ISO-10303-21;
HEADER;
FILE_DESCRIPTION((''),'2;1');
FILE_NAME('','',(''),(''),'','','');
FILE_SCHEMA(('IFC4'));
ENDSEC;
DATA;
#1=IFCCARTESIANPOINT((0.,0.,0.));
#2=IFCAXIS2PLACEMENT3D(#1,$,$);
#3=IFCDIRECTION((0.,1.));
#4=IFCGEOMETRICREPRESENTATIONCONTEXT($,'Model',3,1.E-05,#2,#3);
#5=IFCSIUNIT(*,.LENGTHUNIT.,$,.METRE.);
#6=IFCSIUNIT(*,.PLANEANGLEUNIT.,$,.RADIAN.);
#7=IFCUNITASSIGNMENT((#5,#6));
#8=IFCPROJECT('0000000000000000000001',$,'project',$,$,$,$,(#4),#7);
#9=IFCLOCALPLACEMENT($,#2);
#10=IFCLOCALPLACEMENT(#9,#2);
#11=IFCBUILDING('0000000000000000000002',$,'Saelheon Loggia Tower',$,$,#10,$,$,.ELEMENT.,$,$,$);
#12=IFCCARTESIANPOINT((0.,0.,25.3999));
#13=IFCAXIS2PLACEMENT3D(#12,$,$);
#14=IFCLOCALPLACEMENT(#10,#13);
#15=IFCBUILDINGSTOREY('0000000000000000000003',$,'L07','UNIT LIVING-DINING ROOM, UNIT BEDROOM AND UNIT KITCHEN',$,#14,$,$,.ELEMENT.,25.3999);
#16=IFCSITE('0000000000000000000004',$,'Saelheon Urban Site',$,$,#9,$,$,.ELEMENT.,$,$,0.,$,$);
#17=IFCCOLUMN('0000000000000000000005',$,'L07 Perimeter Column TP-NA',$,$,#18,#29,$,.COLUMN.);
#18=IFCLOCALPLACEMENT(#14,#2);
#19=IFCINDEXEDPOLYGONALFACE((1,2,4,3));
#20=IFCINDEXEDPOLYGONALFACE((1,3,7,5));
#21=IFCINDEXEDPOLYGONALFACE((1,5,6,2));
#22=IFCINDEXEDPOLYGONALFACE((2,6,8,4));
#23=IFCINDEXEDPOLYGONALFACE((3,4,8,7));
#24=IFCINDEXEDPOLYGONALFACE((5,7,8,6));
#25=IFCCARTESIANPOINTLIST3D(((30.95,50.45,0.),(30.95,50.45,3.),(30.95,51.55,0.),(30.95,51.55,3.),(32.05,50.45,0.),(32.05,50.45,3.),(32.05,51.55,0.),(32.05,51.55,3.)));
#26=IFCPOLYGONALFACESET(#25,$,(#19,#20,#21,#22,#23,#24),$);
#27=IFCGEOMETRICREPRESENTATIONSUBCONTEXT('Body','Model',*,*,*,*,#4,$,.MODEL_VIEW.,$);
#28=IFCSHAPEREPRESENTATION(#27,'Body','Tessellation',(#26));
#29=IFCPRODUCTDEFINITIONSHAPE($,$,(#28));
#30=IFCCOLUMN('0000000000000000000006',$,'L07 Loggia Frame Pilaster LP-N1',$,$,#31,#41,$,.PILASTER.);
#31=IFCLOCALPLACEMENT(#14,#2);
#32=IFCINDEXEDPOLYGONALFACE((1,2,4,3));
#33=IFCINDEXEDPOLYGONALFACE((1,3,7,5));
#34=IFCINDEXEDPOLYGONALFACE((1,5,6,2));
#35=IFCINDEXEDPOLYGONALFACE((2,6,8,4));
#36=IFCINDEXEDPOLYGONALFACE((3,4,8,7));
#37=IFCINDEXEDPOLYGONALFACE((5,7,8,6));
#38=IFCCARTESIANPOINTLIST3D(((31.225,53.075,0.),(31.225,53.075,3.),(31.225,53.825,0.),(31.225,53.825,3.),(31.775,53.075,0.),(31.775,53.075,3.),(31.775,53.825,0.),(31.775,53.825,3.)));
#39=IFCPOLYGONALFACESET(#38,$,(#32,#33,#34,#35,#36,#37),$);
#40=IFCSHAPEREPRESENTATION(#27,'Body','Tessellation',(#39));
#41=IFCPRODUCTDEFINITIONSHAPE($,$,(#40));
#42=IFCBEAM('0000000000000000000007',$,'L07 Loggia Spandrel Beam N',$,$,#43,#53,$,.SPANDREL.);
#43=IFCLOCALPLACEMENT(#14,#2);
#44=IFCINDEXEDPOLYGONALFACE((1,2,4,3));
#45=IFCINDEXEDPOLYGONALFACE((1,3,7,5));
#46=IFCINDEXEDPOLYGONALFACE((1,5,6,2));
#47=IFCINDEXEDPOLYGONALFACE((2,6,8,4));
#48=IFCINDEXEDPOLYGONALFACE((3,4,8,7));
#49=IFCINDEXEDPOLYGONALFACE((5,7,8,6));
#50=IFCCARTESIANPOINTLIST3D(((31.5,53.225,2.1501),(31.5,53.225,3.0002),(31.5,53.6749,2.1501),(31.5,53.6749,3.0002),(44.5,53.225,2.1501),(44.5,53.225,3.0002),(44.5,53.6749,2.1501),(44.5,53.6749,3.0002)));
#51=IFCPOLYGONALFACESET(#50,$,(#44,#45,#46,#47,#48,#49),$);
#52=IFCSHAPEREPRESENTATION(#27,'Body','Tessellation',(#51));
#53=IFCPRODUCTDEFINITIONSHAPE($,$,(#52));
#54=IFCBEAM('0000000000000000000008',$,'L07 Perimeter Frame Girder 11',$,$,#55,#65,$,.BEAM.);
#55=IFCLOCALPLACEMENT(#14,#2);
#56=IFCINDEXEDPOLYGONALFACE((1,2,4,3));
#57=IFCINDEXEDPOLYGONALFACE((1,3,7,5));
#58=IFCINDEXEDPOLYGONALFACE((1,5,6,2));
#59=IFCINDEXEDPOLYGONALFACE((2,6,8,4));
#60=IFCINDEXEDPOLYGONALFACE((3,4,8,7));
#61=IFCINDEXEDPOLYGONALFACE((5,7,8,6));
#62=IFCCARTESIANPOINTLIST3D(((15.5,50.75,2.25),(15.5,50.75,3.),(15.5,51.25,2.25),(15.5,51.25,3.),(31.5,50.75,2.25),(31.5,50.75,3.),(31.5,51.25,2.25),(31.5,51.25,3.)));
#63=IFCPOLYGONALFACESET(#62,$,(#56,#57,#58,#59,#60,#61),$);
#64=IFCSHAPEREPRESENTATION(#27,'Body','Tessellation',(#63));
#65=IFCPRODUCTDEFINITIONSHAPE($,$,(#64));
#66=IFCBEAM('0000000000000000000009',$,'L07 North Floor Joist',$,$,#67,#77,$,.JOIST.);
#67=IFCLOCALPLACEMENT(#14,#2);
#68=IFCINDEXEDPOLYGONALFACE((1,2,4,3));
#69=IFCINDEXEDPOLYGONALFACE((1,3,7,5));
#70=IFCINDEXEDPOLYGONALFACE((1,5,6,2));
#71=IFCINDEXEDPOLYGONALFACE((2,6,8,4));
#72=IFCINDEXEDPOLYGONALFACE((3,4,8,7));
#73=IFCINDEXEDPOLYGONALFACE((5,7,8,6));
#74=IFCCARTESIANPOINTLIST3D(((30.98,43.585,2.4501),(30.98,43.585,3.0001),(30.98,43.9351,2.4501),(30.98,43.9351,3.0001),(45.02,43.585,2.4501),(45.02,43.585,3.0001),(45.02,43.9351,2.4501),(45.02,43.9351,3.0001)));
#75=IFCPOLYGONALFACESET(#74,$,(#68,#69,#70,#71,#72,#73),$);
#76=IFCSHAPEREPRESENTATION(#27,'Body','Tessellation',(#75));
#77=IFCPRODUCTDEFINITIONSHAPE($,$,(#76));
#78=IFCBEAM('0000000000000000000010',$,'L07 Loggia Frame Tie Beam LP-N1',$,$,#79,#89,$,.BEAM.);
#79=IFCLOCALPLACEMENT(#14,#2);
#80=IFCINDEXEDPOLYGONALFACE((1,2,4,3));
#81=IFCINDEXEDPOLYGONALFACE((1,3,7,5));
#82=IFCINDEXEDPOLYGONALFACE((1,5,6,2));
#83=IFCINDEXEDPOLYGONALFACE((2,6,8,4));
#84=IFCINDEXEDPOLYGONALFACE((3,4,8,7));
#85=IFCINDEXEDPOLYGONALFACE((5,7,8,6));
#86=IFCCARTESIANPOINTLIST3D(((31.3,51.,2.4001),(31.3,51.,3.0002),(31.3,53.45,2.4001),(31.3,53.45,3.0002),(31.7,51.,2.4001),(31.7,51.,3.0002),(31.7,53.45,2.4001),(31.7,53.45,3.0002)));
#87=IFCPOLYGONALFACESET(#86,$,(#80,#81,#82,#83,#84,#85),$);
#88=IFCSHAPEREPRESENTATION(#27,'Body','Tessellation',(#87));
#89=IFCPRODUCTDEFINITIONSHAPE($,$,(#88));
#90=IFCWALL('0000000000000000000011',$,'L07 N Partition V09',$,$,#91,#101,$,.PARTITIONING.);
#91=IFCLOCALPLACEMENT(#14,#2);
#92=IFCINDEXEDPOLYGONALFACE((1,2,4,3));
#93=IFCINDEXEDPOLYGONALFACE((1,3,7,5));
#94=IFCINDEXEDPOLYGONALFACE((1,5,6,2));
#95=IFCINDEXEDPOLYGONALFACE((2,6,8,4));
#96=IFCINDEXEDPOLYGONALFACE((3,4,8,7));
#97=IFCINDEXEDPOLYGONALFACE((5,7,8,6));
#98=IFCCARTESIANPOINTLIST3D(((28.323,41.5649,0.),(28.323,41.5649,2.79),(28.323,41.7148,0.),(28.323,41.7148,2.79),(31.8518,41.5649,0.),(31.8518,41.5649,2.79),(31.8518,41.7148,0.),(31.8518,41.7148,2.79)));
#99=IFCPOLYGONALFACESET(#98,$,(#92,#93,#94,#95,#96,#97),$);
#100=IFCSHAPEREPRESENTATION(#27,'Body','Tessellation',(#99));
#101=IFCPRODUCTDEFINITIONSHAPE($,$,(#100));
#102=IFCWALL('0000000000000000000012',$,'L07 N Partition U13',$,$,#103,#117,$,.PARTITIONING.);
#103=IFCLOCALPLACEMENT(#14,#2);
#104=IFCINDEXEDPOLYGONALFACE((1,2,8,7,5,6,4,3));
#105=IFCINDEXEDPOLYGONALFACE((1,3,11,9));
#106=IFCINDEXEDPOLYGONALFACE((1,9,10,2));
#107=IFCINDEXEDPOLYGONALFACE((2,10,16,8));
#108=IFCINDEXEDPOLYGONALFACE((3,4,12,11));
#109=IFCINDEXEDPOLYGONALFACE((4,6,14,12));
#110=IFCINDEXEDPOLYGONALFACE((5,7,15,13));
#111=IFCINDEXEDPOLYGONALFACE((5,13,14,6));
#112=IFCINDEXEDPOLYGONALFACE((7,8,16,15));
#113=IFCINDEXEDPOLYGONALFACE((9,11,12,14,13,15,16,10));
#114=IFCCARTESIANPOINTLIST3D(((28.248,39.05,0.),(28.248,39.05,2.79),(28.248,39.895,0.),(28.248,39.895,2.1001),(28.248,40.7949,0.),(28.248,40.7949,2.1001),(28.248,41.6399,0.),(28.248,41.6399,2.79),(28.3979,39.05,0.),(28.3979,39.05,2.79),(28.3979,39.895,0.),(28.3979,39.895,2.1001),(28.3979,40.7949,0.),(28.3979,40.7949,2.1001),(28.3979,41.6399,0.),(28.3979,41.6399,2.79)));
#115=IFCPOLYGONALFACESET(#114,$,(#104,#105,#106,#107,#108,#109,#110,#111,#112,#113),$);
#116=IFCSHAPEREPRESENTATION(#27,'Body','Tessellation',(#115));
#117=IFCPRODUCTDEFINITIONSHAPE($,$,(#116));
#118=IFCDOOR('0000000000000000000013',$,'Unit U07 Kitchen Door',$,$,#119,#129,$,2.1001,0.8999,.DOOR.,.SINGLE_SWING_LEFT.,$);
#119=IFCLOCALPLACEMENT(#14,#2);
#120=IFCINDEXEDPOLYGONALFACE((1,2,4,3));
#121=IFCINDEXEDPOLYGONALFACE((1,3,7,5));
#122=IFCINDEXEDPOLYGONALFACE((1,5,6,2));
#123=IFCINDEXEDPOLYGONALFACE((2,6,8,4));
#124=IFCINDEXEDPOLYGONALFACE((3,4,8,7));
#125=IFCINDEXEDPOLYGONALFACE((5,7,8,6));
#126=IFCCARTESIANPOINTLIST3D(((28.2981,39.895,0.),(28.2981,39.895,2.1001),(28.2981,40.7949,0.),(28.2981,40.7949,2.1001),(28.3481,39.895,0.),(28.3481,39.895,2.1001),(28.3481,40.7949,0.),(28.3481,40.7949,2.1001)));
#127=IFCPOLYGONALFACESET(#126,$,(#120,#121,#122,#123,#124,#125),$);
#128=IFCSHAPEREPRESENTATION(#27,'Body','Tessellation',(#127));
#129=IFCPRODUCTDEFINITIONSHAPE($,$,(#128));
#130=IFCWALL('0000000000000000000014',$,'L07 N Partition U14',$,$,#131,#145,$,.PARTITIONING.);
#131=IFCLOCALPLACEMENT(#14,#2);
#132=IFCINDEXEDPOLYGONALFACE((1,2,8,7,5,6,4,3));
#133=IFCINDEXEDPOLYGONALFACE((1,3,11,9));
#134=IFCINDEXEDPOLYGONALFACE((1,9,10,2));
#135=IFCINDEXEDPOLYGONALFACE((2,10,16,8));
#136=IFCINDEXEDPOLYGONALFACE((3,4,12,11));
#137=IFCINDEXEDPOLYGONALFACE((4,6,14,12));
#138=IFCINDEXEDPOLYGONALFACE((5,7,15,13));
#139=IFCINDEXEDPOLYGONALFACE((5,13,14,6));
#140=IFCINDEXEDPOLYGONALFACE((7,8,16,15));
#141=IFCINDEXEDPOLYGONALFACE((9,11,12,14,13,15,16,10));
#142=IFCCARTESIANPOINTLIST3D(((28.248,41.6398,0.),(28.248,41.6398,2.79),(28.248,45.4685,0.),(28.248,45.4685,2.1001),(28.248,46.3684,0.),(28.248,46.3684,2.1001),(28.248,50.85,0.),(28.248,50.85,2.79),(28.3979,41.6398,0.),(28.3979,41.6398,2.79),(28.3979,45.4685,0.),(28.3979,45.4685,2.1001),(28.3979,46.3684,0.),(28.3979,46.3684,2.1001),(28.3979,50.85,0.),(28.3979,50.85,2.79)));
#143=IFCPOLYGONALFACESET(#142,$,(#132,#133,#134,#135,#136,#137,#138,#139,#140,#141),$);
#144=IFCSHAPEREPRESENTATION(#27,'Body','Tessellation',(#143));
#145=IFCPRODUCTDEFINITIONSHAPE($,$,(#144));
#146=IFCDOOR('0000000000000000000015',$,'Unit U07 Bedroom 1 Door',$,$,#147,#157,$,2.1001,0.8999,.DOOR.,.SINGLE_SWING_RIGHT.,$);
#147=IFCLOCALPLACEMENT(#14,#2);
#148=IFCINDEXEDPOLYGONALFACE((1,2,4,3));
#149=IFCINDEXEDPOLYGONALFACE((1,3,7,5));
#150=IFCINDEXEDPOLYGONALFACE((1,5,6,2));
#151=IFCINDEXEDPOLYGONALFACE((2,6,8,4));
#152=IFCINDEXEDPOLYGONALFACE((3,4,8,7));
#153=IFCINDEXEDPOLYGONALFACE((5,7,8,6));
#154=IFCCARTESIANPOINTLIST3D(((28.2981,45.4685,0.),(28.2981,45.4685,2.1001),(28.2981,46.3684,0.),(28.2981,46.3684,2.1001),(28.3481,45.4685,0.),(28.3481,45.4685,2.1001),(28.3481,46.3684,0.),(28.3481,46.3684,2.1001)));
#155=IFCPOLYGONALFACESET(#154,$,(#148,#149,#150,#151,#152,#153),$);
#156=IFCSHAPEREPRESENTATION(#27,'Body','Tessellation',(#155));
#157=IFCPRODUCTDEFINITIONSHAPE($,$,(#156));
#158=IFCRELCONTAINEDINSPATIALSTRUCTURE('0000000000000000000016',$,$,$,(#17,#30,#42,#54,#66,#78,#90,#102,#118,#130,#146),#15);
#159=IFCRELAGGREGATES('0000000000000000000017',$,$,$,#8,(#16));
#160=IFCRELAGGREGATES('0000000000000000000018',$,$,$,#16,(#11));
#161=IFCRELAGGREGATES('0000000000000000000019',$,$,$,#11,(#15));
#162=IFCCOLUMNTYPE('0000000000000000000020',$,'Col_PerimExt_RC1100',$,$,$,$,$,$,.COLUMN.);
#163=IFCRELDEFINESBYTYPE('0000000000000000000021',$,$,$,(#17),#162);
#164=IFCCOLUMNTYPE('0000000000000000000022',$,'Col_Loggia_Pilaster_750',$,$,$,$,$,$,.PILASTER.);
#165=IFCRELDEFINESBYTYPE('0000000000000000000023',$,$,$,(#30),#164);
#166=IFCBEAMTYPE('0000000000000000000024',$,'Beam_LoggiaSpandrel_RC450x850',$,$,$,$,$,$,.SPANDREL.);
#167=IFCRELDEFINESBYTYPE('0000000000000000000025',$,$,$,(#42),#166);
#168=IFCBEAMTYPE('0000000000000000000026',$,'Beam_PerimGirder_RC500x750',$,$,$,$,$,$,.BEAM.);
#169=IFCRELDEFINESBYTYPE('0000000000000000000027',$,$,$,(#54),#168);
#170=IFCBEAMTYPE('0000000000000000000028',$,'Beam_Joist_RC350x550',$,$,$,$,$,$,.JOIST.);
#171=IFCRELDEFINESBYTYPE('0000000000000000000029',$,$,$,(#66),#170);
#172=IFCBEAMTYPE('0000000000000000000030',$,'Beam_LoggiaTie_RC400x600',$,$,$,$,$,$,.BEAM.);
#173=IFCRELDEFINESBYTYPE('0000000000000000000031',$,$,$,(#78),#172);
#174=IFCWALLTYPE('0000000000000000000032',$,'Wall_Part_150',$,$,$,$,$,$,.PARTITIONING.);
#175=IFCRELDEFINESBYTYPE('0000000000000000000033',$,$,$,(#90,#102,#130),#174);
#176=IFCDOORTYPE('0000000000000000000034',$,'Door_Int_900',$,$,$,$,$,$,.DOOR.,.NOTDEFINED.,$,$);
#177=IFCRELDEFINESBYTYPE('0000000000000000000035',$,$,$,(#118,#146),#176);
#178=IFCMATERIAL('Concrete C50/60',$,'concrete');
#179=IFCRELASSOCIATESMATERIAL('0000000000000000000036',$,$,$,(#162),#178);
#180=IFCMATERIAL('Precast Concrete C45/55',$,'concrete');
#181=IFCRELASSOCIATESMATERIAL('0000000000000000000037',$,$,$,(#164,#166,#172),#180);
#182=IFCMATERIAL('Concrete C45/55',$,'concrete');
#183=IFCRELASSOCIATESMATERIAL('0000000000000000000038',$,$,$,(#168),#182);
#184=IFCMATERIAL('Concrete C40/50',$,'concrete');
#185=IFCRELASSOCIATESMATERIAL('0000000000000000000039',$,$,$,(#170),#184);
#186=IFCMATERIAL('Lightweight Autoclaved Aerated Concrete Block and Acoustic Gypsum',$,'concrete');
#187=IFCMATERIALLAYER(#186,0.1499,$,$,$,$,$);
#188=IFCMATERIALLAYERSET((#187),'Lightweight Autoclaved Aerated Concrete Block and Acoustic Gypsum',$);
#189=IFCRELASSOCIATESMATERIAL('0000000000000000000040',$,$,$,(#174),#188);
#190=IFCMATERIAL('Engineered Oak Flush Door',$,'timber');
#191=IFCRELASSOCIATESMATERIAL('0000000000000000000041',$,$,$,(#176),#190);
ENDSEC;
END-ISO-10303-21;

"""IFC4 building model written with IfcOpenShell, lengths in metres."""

from ifc_helpers import new_model, si_unit, direction, frame, frame_2d, origin, origin_2d, place, context, subcontext, project, spatial, rectangle, extrude, source, transform, mapped, material, layer, layer_set, material_profile, profile_set, type_object, element, fill, save


model = new_model("IFC4")

# Units and contexts
model_context = context("Model", 3, precision=1e-05, world=origin(), true_north=direction((0.0, 1.0)))
body_context = subcontext(model_context, "Body", "Model", "MODEL_VIEW")
ifc_project = project(units=[si_unit("LENGTHUNIT", "METRE"), si_unit("PLANEANGLEUNIT", "RADIAN")], contexts=[model_context])

# Site, building, storey
site_placement = place(None, origin())
site = spatial("IfcSite", under=ifc_project, at=site_placement, Name="Saelheon Urban Site", CompositionType="ELEMENT", RefElevation=0.0)
building_placement = place(site_placement, origin())
building = spatial("IfcBuilding", under=site, at=building_placement, Name="Saelheon Loggia Tower", CompositionType="ELEMENT")
storey_placement = place(building_placement, frame((0.0, 0.0, 25.3999)))
storey = spatial("IfcBuildingStorey", under=building, at=storey_placement, Name="L07", Description="UNIT LIVING-DINING ROOM, UNIT BEDROOM AND UNIT KITCHEN", CompositionType="ELEMENT", Elevation=25.3999)

# Columns
ifc_material_1 = material(Name="Concrete C50/60", Category="concrete")
ifc_material_profile_1 = material_profile(ifc_material_1, rectangle(XDim=1.1001, YDim=1.1001, at=origin_2d()), Name="RC-1100x1100")
ifc_profile_set_1 = profile_set([ifc_material_profile_1], Name="Concrete C50/60")
column_type_1 = type_object("IfcColumnType", Name="Col_PerimExt_RC1100", PredefinedType="COLUMN", material=ifc_profile_set_1)
shared_shape_1 = source(origin(), body_context, "Body", "SweptSolid", [
    extrude(rectangle(XDim=1.1001, YDim=1.1001, at=origin_2d()), origin(), (0.0, 0.0, 1.0), 3.0),
])
column_1_placement = place(storey_placement, frame((31.5, 51.0, 0.0), z_axis=(0.0, 0.0, 1.0), x_axis=(1.0, 0.0, 0.0)))
element("IfcColumn", 1, at=column_1_placement, inside=storey, type_object=column_type_1, Name="L07 Perimeter Column TP-NA", PredefinedType="COLUMN", context=body_context, shape_type="MappedRepresentation", body=[
    mapped(shared_shape_1, transform((0.0, 0.0, 0.0), scale=1.0)),
])
ifc_material_2 = material(Name="Precast Concrete C45/55", Category="concrete")
ifc_material_profile_2 = material_profile(ifc_material_2, rectangle(XDim=0.55, YDim=0.75, at=origin_2d()), Name="RC-550x750")
ifc_profile_set_2 = profile_set([ifc_material_profile_2], Name="Precast Concrete C45/55")
column_type_2 = type_object("IfcColumnType", Name="Col_Loggia_Pilaster_750", PredefinedType="PILASTER", material=ifc_profile_set_2)
shared_shape_2 = source(origin(), body_context, "Body", "SweptSolid", [
    extrude(rectangle(XDim=0.55, YDim=0.75, at=origin_2d()), origin(), (0.0, 0.0, 1.0), 3.0),
])
column_2_placement = place(storey_placement, frame((31.5, 53.45, 0.0), z_axis=(0.0, 0.0, 1.0), x_axis=(1.0, 0.0, 0.0)))
element("IfcColumn", 2, at=column_2_placement, inside=storey, type_object=column_type_2, Name="L07 Loggia Frame Pilaster LP-N1", PredefinedType="PILASTER", context=body_context, shape_type="MappedRepresentation", body=[
    mapped(shared_shape_2, transform((0.0, 0.0, 0.0), scale=1.0)),
])

# Beams
ifc_material_profile_3 = material_profile(ifc_material_2, rectangle(XDim=0.45, YDim=0.8501, at=origin_2d()), Name="RC-450x850")
ifc_profile_set_3 = profile_set([ifc_material_profile_3], Name="Precast Concrete C45/55")
beam_type_1 = type_object("IfcBeamType", Name="Beam_LoggiaSpandrel_RC450x850", PredefinedType="SPANDREL", material=ifc_profile_set_3)
shared_shape_3 = source(origin(), body_context, "Body", "SweptSolid", [
    extrude(rectangle(XDim=0.45, YDim=0.8501, at=origin_2d()), origin(), (0.0, 0.0, 1.0), 13.0),
])
beam_1_placement = place(storey_placement, frame((31.5, 53.45, 2.5752), z_axis=(1.0, 0.0, 0.0), x_axis=(0.0, 1.0, 0.0)))
element("IfcBeam", 3, at=beam_1_placement, inside=storey, type_object=beam_type_1, Name="L07 Loggia Spandrel Beam N", PredefinedType="SPANDREL", context=body_context, shape_type="MappedRepresentation", body=[
    mapped(shared_shape_3, transform((0.0, 0.0, 0.0), scale=1.0)),
])
ifc_material_3 = material(Name="Concrete C45/55", Category="concrete")
ifc_material_profile_4 = material_profile(ifc_material_3, rectangle(XDim=0.5, YDim=0.75, at=origin_2d()), Name="RC-500x750")
ifc_profile_set_4 = profile_set([ifc_material_profile_4], Name="Concrete C45/55")
beam_type_2 = type_object("IfcBeamType", Name="Beam_PerimGirder_RC500x750", PredefinedType="BEAM", material=ifc_profile_set_4)
shared_shape_4 = source(origin(), body_context, "Body", "SweptSolid", [
    extrude(rectangle(XDim=0.5, YDim=0.75, at=origin_2d()), origin(), (0.0, 0.0, 1.0), 16.0),
])
beam_2_placement = place(storey_placement, frame((31.5, 51.0, 2.625), z_axis=(-1.0, 0.0, 0.0), x_axis=(0.0, -1.0, 0.0)))
element("IfcBeam", 4, at=beam_2_placement, inside=storey, type_object=beam_type_2, Name="L07 Perimeter Frame Girder 11", PredefinedType="BEAM", context=body_context, shape_type="MappedRepresentation", body=[
    mapped(shared_shape_4, transform((0.0, 0.0, 0.0), scale=1.0)),
])
ifc_material_4 = material(Name="Concrete C40/50", Category="concrete")
ifc_material_profile_5 = material_profile(ifc_material_4, rectangle(XDim=0.3501, YDim=0.55, at=origin_2d()), Name="RC-350x550")
ifc_profile_set_5 = profile_set([ifc_material_profile_5], Name="Concrete C40/50")
beam_type_3 = type_object("IfcBeamType", Name="Beam_Joist_RC350x550", PredefinedType="JOIST", material=ifc_profile_set_5)
shared_shape_5 = source(origin(), body_context, "Body", "SweptSolid", [
    extrude(rectangle(XDim=0.3501, YDim=0.55, at=origin_2d()), origin(), (0.0, 0.0, 1.0), 14.04),
])
beam_3_placement = place(storey_placement, frame((30.98, 43.76, 2.7251), z_axis=(1.0, 0.0, 0.0), x_axis=(0.0, 1.0, 0.0)))
element("IfcBeam", 5, at=beam_3_placement, inside=storey, type_object=beam_type_3, Name="L07 North Floor Joist", PredefinedType="JOIST", context=body_context, shape_type="MappedRepresentation", body=[
    mapped(shared_shape_5, transform((0.0, 0.0, 0.0), scale=1.0)),
])
ifc_material_profile_6 = material_profile(ifc_material_2, rectangle(XDim=0.3999, YDim=0.6001, at=origin_2d()), Name="RC-400x600")
ifc_profile_set_6 = profile_set([ifc_material_profile_6], Name="Precast Concrete C45/55")
beam_type_4 = type_object("IfcBeamType", Name="Beam_LoggiaTie_RC400x600", PredefinedType="BEAM", material=ifc_profile_set_6)
shared_shape_6 = source(origin(), body_context, "Body", "SweptSolid", [
    extrude(rectangle(XDim=0.3999, YDim=0.6001, at=origin_2d()), origin(), (0.0, 0.0, 1.0), 2.45),
])
beam_4_placement = place(storey_placement, frame((31.5, 51.0, 2.7002), z_axis=(0.0, 1.0, 0.0), x_axis=(-1.0, 0.0, 0.0)))
element("IfcBeam", 6, at=beam_4_placement, inside=storey, type_object=beam_type_4, Name="L07 Loggia Frame Tie Beam LP-N1", PredefinedType="BEAM", context=body_context, shape_type="MappedRepresentation", body=[
    mapped(shared_shape_6, transform((0.0, 0.0, 0.0), scale=1.0)),
])

# Wall
ifc_material_5 = material(Name="Lightweight Autoclaved Aerated Concrete Block and Acoustic Gypsum", Category="concrete")
ifc_layer_1 = layer(ifc_material_5, 0.1499)
ifc_layer_set_1 = layer_set([ifc_layer_1], Name="Lightweight Autoclaved Aerated Concrete Block and Acoustic Gypsum")
wall_type_1 = type_object("IfcWallType", Name="Wall_Part_150", PredefinedType="PARTITIONING", material=ifc_layer_set_1)
wall_1_placement = place(storey_placement, frame((28.323, 41.6399, 0.0), z_axis=(0.0, 0.0, 1.0), x_axis=(1.0, 0.0, 0.0)))
element("IfcWall", 7, at=wall_1_placement, inside=storey, type_object=wall_type_1, Name="L07 N Partition V09", PredefinedType="PARTITIONING", context=body_context, shape_type="SweptSolid", body=[
    extrude(rectangle(XDim=3.5288, YDim=0.1499, at=frame_2d((1.7644, 0.0))), origin(), (0.0, 0.0, 1.0), 2.79),
])

# Walls, openings, doors
wall_2_placement = place(storey_placement, frame((28.323, 39.05, 0.0), z_axis=(0.0, 0.0, 1.0), x_axis=(0.0, 1.0, 0.0)))
wall_2 = element("IfcWall", 8, at=wall_2_placement, inside=storey, type_object=wall_type_1, Name="L07 N Partition U13", PredefinedType="PARTITIONING", context=body_context, shape_type="SweptSolid", body=[
    extrude(rectangle(XDim=2.5898, YDim=0.1499, at=frame_2d((1.2949, 0.0))), origin(), (0.0, 0.0, 1.0), 2.79),
])
opening_1_placement = place(wall_2_placement, frame((0.845, 0.0, 0.0)))
opening_1 = element("IfcOpeningElement", 9, at=opening_1_placement, cuts=wall_2, PredefinedType="OPENING", context=body_context, shape_type="SweptSolid", body=[
    extrude(rectangle(XDim=0.8999, YDim=2.1001, at=frame_2d((0.45, 1.05))), frame((0.0, 0.0869, 0.0), z_axis=(0.0, -1.0, 0.0), x_axis=(1.0, 0.0, 0.0)), (0.0, 0.0, 1.0), 0.1738),
])
ifc_material_6 = material(Name="Engineered Oak Flush Door", Category="timber")
door_type = type_object("IfcDoorType", Name="Door_Int_900", OperationType="NOTDEFINED", PredefinedType="DOOR", material=ifc_material_6)
shared_shape_7 = source(origin(), body_context, "Body", "SweptSolid", [
    extrude(rectangle(XDim=0.8999, YDim=2.1001, at=frame_2d((0.45, 1.05))), frame((0.0, 0.0249, 0.0), z_axis=(0.0, -1.0, 0.0), x_axis=(1.0, 0.0, 0.0)), (0.0, 0.0, 1.0), 0.05),
])
door_1_placement = place(opening_1_placement, origin())
door_1 = element("IfcDoor", 10, at=door_1_placement, inside=storey, type_object=door_type, Name="Unit U07 Kitchen Door", OperationType="SINGLE_SWING_LEFT", OverallHeight=2.1001, OverallWidth=0.8999, PredefinedType="DOOR", context=body_context, shape_type="MappedRepresentation", body=[
    mapped(shared_shape_7, transform((0.0, 0.0, 0.0), scale=1.0)),
])
fill(opening_1, door_1)
wall_3_placement = place(storey_placement, frame((28.323, 41.6399, 0.0), z_axis=(0.0, 0.0, 1.0), x_axis=(0.0, 1.0, 0.0)))
wall_3 = element("IfcWall", 11, at=wall_3_placement, inside=storey, type_object=wall_type_1, Name="L07 N Partition U14", PredefinedType="PARTITIONING", context=body_context, shape_type="SweptSolid", body=[
    extrude(rectangle(XDim=9.2102, YDim=0.1499, at=frame_2d((4.605, 0.0))), origin(), (0.0, 0.0, 1.0), 2.79),
])
opening_2_placement = place(wall_3_placement, frame((3.8286, 0.0, 0.0)))
opening_2 = element("IfcOpeningElement", 12, at=opening_2_placement, cuts=wall_3, PredefinedType="OPENING", context=body_context, shape_type="SweptSolid", body=[
    extrude(rectangle(XDim=0.8999, YDim=2.1001, at=frame_2d((0.45, 1.05))), frame((0.0, 0.0869, 0.0), z_axis=(0.0, -1.0, 0.0), x_axis=(1.0, 0.0, 0.0)), (0.0, 0.0, 1.0), 0.1738),
])
door_2_placement = place(opening_2_placement, origin())
door_2 = element("IfcDoor", 13, at=door_2_placement, inside=storey, type_object=door_type, Name="Unit U07 Bedroom 1 Door", OperationType="SINGLE_SWING_RIGHT", OverallHeight=2.1001, OverallWidth=0.8999, PredefinedType="DOOR", context=body_context, shape_type="MappedRepresentation", body=[
    mapped(shared_shape_7, transform((0.0, 0.0, 0.0), scale=1.0)),
])
fill(opening_2, door_2)

save(model, "model.ifc")
